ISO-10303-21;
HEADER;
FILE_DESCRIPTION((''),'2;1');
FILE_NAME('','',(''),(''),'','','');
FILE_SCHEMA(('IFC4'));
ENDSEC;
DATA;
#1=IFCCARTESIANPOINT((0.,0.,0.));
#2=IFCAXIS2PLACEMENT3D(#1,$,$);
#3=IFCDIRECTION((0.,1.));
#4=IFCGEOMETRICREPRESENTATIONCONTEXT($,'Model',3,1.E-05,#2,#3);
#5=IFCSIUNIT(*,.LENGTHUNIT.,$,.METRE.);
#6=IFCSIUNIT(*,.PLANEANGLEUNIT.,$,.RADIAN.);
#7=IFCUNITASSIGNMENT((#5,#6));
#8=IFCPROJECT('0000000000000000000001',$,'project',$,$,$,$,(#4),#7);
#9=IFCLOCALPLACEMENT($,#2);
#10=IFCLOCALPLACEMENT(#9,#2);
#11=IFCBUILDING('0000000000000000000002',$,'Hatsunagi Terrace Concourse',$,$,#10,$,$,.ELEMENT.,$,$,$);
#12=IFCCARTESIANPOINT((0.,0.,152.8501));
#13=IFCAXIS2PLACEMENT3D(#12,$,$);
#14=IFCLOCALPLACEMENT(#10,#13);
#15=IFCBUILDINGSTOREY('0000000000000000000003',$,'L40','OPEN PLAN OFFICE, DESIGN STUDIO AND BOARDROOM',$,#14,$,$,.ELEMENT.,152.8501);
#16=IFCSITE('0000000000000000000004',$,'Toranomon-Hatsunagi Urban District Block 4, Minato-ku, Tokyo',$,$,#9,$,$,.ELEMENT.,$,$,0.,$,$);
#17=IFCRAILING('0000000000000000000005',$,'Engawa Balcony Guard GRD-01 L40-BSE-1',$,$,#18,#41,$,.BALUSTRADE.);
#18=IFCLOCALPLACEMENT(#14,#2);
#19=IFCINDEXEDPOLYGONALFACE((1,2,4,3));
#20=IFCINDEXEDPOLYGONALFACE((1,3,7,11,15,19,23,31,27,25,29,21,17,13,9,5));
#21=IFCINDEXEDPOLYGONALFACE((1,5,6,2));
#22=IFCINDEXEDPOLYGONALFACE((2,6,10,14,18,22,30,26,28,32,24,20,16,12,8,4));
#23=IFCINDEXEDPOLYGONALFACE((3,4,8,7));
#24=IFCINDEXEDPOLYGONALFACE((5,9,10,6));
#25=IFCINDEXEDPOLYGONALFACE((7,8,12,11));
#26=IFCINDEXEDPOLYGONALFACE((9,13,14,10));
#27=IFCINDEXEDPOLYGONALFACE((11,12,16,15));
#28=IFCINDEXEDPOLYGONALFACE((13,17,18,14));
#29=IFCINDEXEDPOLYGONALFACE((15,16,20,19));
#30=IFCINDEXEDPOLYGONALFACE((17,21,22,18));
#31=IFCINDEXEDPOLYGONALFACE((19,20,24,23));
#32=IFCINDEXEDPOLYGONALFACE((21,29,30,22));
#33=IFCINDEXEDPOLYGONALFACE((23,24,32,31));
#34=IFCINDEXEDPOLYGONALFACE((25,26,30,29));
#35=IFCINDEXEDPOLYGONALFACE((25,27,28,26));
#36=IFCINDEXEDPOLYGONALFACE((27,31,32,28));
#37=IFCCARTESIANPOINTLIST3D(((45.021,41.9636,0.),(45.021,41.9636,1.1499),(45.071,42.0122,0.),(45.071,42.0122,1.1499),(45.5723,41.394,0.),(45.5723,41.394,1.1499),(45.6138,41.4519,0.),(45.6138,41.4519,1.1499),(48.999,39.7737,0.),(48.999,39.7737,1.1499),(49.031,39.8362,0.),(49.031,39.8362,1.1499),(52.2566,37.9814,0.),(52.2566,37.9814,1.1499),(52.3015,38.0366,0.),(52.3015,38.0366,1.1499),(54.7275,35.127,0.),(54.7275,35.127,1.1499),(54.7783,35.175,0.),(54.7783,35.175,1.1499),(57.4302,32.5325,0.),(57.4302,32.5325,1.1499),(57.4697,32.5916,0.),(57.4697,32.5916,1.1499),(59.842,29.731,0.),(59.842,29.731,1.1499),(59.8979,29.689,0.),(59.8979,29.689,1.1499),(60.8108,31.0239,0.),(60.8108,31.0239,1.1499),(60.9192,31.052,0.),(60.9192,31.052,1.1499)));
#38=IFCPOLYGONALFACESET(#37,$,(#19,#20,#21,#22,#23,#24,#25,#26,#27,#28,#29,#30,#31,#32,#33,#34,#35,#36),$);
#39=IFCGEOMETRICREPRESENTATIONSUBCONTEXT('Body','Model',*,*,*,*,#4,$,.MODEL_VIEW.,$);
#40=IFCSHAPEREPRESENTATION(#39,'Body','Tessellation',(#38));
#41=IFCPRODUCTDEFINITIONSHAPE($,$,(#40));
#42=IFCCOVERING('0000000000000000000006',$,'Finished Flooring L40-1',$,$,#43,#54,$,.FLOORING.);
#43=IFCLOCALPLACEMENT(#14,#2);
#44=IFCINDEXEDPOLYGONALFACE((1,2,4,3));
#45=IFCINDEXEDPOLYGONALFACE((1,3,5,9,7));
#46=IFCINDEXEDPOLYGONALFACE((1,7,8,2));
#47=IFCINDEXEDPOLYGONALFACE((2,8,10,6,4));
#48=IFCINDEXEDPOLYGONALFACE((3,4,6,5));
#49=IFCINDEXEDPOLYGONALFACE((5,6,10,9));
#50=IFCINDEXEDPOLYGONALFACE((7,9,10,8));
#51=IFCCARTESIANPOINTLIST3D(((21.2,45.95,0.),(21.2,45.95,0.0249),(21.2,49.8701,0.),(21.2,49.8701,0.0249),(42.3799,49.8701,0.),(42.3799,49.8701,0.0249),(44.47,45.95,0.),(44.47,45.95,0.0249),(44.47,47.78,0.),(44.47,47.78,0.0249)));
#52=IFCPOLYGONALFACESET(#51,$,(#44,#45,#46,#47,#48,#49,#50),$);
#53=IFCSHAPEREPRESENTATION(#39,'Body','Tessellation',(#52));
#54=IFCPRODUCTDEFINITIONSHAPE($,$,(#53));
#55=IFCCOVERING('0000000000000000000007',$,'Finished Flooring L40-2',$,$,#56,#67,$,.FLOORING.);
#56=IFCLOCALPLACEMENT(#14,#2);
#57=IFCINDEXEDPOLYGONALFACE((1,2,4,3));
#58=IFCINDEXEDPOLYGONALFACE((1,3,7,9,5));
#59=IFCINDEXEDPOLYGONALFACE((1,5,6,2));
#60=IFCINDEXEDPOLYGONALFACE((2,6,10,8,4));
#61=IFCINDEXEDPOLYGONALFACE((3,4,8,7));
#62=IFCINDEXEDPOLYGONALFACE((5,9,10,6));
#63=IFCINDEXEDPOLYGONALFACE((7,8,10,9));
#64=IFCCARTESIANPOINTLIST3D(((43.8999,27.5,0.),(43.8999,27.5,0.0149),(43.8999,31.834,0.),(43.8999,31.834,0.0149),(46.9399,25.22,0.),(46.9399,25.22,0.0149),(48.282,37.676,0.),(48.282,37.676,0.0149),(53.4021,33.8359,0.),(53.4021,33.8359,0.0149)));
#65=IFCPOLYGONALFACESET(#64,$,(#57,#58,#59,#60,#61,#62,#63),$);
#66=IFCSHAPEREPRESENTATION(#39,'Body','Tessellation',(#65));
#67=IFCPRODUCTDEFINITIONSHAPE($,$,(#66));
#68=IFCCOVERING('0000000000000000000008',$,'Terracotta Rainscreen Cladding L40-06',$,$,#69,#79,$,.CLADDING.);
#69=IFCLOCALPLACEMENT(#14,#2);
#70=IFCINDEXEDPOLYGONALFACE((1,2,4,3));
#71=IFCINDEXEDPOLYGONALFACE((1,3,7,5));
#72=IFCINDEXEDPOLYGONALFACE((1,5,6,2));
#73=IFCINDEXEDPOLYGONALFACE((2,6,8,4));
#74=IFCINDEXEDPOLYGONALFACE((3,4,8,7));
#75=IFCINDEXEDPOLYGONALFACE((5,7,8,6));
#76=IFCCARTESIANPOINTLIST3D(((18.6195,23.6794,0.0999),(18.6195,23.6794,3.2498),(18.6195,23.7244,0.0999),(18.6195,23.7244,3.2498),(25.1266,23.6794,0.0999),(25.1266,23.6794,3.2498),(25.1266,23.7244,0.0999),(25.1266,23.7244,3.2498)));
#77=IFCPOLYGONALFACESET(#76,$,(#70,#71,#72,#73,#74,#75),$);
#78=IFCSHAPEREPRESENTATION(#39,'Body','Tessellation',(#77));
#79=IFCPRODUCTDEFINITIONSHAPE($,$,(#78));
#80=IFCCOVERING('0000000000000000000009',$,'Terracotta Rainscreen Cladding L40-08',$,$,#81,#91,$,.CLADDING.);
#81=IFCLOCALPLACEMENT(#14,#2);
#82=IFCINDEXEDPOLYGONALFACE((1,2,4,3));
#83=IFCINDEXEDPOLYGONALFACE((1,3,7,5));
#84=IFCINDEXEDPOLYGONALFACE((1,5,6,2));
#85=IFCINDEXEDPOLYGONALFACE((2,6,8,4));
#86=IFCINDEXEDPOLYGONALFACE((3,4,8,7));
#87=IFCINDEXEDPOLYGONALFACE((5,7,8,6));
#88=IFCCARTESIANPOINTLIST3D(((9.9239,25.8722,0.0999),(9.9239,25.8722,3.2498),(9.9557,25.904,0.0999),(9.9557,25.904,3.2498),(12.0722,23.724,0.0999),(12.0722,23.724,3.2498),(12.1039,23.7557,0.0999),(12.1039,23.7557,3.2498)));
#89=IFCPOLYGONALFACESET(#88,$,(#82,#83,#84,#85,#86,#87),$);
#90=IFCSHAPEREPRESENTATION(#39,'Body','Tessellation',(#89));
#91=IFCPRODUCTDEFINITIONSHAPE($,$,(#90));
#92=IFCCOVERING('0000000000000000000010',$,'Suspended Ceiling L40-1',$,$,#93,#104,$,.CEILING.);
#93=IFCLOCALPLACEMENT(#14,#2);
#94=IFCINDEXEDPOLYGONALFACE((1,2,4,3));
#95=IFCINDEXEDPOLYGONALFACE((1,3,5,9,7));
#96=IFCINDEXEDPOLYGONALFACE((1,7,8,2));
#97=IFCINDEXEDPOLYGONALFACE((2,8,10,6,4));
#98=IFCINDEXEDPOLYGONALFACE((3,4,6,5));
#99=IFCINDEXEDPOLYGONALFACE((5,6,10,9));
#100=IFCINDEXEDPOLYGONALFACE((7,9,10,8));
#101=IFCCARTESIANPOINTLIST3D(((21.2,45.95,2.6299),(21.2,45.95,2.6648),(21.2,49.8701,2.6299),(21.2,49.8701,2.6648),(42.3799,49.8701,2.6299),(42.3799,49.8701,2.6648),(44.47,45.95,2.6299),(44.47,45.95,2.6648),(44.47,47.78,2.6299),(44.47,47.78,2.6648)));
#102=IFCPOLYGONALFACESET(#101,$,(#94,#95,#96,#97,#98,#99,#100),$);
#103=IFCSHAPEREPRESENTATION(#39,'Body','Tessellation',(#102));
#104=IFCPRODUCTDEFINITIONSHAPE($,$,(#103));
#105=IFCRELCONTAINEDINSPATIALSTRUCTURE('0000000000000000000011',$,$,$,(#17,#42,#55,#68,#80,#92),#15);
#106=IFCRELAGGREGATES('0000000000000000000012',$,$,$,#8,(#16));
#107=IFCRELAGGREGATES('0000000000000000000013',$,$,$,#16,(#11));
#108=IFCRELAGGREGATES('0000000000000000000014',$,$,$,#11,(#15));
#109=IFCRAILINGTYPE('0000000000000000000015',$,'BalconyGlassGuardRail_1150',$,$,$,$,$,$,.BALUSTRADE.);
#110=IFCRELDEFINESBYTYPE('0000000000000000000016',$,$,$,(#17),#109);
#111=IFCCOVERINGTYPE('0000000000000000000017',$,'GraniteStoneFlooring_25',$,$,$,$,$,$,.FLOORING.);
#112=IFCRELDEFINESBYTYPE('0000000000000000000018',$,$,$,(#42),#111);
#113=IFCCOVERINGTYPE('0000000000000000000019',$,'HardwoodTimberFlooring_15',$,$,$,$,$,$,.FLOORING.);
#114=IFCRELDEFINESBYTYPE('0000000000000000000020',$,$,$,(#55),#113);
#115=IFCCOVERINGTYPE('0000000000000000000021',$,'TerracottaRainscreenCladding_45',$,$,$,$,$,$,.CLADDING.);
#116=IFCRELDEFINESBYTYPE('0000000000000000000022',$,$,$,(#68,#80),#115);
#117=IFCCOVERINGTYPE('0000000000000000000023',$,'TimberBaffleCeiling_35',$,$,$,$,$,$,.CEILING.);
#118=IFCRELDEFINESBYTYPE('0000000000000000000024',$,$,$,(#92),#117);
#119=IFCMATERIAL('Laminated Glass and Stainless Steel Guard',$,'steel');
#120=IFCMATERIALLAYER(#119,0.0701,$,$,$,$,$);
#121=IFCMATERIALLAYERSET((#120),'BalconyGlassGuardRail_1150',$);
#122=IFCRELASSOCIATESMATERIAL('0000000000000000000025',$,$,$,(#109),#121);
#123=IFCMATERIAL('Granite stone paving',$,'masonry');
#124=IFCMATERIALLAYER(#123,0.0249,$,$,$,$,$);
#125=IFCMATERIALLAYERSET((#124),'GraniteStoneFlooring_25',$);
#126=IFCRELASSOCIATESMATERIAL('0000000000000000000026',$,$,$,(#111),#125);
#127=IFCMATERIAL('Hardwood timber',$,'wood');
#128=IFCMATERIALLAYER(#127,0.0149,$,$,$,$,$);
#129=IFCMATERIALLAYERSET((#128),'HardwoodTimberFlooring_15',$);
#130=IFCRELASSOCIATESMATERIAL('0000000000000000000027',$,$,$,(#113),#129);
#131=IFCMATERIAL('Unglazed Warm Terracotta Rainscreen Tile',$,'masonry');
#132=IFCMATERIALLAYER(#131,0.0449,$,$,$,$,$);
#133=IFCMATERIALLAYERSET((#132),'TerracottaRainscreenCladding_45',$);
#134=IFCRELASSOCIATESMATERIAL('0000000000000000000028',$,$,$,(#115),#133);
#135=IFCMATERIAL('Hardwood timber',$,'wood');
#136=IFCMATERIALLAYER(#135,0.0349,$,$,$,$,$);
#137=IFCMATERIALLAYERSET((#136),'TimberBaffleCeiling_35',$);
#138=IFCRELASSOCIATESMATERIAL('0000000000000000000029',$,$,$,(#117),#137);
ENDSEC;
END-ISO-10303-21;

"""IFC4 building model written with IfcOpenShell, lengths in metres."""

from ifc_helpers import new_model, si_unit, direction, frame, origin, origin_2d, place, context, subcontext, project, spatial, polyline, rectangle, outline, extrude, material, layer, layer_set, type_object, element, save


model = new_model("IFC4")

# Units and contexts
model_context = context("Model", 3, precision=1e-05, world=origin(), true_north=direction((0.0, 1.0)))
body_context = subcontext(model_context, "Body", "Model", "MODEL_VIEW")
ifc_project = project(units=[si_unit("LENGTHUNIT", "METRE"), si_unit("PLANEANGLEUNIT", "RADIAN")], contexts=[model_context])

# Site, building, storey
site_placement = place(None, origin())
site = spatial("IfcSite", under=ifc_project, at=site_placement, Name="Toranomon-Hatsunagi Urban District Block 4, Minato-ku, Tokyo", CompositionType="ELEMENT", RefElevation=0.0)
building_placement = place(site_placement, origin())
building = spatial("IfcBuilding", under=site, at=building_placement, Name="Hatsunagi Terrace Concourse", CompositionType="ELEMENT")
storey_placement = place(building_placement, frame((0.0, 0.0, 152.8501)))
storey = spatial("IfcBuildingStorey", under=building, at=storey_placement, Name="L40", Description="OPEN PLAN OFFICE, DESIGN STUDIO AND BOARDROOM", CompositionType="ELEMENT", Elevation=152.8501)

# Railing
ifc_material_1 = material(Name="Laminated Glass and Stainless Steel Guard", Category="steel")
ifc_layer_1 = layer(ifc_material_1, 0.0701)
ifc_layer_set_1 = layer_set([ifc_layer_1], Name="BalconyGlassGuardRail_1150")
railing_type = type_object("IfcRailingType", Name="BalconyGlassGuardRail_1150", PredefinedType="BALUSTRADE", material=ifc_layer_set_1)
railing_1_placement = place(storey_placement, origin())
element("IfcRailing", 1, at=railing_1_placement, inside=storey, type_object=railing_type, Name="Engawa Balcony Guard GRD-01 L40-BSE-1", PredefinedType="BALUSTRADE", context=body_context, shape_type="SweptSolid", body=[
    extrude(outline(polyline([(45.071, 42.0122), (45.021, 41.9636), (45.5723, 41.394), (48.999, 39.7737), (52.2566, 37.9814), (54.7275, 35.127), (57.4302, 32.5325), (60.8108, 31.0239), (59.842, 29.731), (59.8979, 29.689), (60.9192, 31.052), (57.4697, 32.5916), (54.7783, 35.175), (52.3015, 38.0366), (49.031, 39.8362), (45.6138, 41.4519), (45.071, 42.0122)])), origin(), (0.0, 0.0, 1.0), 1.1499),
])

# Coverings
ifc_material_2 = material(Name="Granite stone paving", Category="masonry")
ifc_layer_2 = layer(ifc_material_2, 0.0249)
ifc_layer_set_2 = layer_set([ifc_layer_2], Name="GraniteStoneFlooring_25")
covering_type_1 = type_object("IfcCoveringType", Name="GraniteStoneFlooring_25", PredefinedType="FLOORING", material=ifc_layer_set_2)
covering_1_placement = place(storey_placement, origin())
element("IfcCovering", 2, at=covering_1_placement, inside=storey, type_object=covering_type_1, Name="Finished Flooring L40-1", PredefinedType="FLOORING", context=body_context, shape_type="SweptSolid", body=[
    extrude(outline(polyline([(42.3799, 49.8701), (21.2, 49.8701), (21.2, 45.95), (44.47, 45.95), (44.47, 47.78), (42.3799, 49.8701)])), origin(), (0.0, 0.0, 1.0), 0.0249),
])
ifc_material_3 = material(Name="Hardwood timber", Category="wood")
ifc_layer_3 = layer(ifc_material_3, 0.0149)
ifc_layer_set_3 = layer_set([ifc_layer_3], Name="HardwoodTimberFlooring_15")
covering_type_2 = type_object("IfcCoveringType", Name="HardwoodTimberFlooring_15", PredefinedType="FLOORING", material=ifc_layer_set_3)
covering_2_placement = place(storey_placement, origin())
element("IfcCovering", 3, at=covering_2_placement, inside=storey, type_object=covering_type_2, Name="Finished Flooring L40-2", PredefinedType="FLOORING", context=body_context, shape_type="SweptSolid", body=[
    extrude(outline(polyline([(48.282, 37.676), (43.8999, 31.834), (43.8999, 27.5), (46.9399, 25.22), (53.4021, 33.8359), (48.282, 37.676)])), origin(), (0.0, 0.0, 1.0), 0.0149),
])
ifc_material_4 = material(Name="Unglazed Warm Terracotta Rainscreen Tile", Category="masonry")
ifc_layer_4 = layer(ifc_material_4, 0.0449)
ifc_layer_set_4 = layer_set([ifc_layer_4], Name="TerracottaRainscreenCladding_45")
covering_type_3 = type_object("IfcCoveringType", Name="TerracottaRainscreenCladding_45", PredefinedType="CLADDING", material=ifc_layer_set_4)
covering_3_placement = place(storey_placement, frame((21.873, 23.7019, 0.0999), z_axis=(0.0, 0.0, 1.0), x_axis=(-1.0, 0.0, 0.0)))
element("IfcCovering", 4, at=covering_3_placement, inside=storey, type_object=covering_type_3, Name="Terracotta Rainscreen Cladding L40-06", PredefinedType="CLADDING", context=body_context, shape_type="SweptSolid", body=[
    extrude(rectangle(XDim=6.5071, YDim=0.0449, at=origin_2d()), origin(), (0.0, 0.0, 1.0), 3.1499),
])
covering_4_placement = place(storey_placement, frame((11.0139, 24.814, 0.0999), z_axis=(0.0, 0.0, 1.0), x_axis=(-0.707107, 0.707107, 0.0)))
element("IfcCovering", 5, at=covering_4_placement, inside=storey, type_object=covering_type_3, Name="Terracotta Rainscreen Cladding L40-08", PredefinedType="CLADDING", context=body_context, shape_type="SweptSolid", body=[
    extrude(rectangle(XDim=3.0381, YDim=0.0449, at=origin_2d()), origin(), (0.0, 0.0, 1.0), 3.1499),
])
ifc_material_5 = material(Name="Hardwood timber", Category="wood")
ifc_layer_5 = layer(ifc_material_5, 0.0349)
ifc_layer_set_5 = layer_set([ifc_layer_5], Name="TimberBaffleCeiling_35")
covering_type_4 = type_object("IfcCoveringType", Name="TimberBaffleCeiling_35", PredefinedType="CEILING", material=ifc_layer_set_5)
covering_5_placement = place(storey_placement, frame((0.0, 0.0, 2.6299)))
element("IfcCovering", 6, at=covering_5_placement, inside=storey, type_object=covering_type_4, Name="Suspended Ceiling L40-1", PredefinedType="CEILING", context=body_context, shape_type="SweptSolid", body=[
    extrude(outline(polyline([(42.3799, 49.8701), (21.2, 49.8701), (21.2, 45.95), (44.47, 45.95), (44.47, 47.78), (42.3799, 49.8701)])), origin(), (0.0, 0.0, 1.0), 0.0349),
])

save(model, "model.ifc")
